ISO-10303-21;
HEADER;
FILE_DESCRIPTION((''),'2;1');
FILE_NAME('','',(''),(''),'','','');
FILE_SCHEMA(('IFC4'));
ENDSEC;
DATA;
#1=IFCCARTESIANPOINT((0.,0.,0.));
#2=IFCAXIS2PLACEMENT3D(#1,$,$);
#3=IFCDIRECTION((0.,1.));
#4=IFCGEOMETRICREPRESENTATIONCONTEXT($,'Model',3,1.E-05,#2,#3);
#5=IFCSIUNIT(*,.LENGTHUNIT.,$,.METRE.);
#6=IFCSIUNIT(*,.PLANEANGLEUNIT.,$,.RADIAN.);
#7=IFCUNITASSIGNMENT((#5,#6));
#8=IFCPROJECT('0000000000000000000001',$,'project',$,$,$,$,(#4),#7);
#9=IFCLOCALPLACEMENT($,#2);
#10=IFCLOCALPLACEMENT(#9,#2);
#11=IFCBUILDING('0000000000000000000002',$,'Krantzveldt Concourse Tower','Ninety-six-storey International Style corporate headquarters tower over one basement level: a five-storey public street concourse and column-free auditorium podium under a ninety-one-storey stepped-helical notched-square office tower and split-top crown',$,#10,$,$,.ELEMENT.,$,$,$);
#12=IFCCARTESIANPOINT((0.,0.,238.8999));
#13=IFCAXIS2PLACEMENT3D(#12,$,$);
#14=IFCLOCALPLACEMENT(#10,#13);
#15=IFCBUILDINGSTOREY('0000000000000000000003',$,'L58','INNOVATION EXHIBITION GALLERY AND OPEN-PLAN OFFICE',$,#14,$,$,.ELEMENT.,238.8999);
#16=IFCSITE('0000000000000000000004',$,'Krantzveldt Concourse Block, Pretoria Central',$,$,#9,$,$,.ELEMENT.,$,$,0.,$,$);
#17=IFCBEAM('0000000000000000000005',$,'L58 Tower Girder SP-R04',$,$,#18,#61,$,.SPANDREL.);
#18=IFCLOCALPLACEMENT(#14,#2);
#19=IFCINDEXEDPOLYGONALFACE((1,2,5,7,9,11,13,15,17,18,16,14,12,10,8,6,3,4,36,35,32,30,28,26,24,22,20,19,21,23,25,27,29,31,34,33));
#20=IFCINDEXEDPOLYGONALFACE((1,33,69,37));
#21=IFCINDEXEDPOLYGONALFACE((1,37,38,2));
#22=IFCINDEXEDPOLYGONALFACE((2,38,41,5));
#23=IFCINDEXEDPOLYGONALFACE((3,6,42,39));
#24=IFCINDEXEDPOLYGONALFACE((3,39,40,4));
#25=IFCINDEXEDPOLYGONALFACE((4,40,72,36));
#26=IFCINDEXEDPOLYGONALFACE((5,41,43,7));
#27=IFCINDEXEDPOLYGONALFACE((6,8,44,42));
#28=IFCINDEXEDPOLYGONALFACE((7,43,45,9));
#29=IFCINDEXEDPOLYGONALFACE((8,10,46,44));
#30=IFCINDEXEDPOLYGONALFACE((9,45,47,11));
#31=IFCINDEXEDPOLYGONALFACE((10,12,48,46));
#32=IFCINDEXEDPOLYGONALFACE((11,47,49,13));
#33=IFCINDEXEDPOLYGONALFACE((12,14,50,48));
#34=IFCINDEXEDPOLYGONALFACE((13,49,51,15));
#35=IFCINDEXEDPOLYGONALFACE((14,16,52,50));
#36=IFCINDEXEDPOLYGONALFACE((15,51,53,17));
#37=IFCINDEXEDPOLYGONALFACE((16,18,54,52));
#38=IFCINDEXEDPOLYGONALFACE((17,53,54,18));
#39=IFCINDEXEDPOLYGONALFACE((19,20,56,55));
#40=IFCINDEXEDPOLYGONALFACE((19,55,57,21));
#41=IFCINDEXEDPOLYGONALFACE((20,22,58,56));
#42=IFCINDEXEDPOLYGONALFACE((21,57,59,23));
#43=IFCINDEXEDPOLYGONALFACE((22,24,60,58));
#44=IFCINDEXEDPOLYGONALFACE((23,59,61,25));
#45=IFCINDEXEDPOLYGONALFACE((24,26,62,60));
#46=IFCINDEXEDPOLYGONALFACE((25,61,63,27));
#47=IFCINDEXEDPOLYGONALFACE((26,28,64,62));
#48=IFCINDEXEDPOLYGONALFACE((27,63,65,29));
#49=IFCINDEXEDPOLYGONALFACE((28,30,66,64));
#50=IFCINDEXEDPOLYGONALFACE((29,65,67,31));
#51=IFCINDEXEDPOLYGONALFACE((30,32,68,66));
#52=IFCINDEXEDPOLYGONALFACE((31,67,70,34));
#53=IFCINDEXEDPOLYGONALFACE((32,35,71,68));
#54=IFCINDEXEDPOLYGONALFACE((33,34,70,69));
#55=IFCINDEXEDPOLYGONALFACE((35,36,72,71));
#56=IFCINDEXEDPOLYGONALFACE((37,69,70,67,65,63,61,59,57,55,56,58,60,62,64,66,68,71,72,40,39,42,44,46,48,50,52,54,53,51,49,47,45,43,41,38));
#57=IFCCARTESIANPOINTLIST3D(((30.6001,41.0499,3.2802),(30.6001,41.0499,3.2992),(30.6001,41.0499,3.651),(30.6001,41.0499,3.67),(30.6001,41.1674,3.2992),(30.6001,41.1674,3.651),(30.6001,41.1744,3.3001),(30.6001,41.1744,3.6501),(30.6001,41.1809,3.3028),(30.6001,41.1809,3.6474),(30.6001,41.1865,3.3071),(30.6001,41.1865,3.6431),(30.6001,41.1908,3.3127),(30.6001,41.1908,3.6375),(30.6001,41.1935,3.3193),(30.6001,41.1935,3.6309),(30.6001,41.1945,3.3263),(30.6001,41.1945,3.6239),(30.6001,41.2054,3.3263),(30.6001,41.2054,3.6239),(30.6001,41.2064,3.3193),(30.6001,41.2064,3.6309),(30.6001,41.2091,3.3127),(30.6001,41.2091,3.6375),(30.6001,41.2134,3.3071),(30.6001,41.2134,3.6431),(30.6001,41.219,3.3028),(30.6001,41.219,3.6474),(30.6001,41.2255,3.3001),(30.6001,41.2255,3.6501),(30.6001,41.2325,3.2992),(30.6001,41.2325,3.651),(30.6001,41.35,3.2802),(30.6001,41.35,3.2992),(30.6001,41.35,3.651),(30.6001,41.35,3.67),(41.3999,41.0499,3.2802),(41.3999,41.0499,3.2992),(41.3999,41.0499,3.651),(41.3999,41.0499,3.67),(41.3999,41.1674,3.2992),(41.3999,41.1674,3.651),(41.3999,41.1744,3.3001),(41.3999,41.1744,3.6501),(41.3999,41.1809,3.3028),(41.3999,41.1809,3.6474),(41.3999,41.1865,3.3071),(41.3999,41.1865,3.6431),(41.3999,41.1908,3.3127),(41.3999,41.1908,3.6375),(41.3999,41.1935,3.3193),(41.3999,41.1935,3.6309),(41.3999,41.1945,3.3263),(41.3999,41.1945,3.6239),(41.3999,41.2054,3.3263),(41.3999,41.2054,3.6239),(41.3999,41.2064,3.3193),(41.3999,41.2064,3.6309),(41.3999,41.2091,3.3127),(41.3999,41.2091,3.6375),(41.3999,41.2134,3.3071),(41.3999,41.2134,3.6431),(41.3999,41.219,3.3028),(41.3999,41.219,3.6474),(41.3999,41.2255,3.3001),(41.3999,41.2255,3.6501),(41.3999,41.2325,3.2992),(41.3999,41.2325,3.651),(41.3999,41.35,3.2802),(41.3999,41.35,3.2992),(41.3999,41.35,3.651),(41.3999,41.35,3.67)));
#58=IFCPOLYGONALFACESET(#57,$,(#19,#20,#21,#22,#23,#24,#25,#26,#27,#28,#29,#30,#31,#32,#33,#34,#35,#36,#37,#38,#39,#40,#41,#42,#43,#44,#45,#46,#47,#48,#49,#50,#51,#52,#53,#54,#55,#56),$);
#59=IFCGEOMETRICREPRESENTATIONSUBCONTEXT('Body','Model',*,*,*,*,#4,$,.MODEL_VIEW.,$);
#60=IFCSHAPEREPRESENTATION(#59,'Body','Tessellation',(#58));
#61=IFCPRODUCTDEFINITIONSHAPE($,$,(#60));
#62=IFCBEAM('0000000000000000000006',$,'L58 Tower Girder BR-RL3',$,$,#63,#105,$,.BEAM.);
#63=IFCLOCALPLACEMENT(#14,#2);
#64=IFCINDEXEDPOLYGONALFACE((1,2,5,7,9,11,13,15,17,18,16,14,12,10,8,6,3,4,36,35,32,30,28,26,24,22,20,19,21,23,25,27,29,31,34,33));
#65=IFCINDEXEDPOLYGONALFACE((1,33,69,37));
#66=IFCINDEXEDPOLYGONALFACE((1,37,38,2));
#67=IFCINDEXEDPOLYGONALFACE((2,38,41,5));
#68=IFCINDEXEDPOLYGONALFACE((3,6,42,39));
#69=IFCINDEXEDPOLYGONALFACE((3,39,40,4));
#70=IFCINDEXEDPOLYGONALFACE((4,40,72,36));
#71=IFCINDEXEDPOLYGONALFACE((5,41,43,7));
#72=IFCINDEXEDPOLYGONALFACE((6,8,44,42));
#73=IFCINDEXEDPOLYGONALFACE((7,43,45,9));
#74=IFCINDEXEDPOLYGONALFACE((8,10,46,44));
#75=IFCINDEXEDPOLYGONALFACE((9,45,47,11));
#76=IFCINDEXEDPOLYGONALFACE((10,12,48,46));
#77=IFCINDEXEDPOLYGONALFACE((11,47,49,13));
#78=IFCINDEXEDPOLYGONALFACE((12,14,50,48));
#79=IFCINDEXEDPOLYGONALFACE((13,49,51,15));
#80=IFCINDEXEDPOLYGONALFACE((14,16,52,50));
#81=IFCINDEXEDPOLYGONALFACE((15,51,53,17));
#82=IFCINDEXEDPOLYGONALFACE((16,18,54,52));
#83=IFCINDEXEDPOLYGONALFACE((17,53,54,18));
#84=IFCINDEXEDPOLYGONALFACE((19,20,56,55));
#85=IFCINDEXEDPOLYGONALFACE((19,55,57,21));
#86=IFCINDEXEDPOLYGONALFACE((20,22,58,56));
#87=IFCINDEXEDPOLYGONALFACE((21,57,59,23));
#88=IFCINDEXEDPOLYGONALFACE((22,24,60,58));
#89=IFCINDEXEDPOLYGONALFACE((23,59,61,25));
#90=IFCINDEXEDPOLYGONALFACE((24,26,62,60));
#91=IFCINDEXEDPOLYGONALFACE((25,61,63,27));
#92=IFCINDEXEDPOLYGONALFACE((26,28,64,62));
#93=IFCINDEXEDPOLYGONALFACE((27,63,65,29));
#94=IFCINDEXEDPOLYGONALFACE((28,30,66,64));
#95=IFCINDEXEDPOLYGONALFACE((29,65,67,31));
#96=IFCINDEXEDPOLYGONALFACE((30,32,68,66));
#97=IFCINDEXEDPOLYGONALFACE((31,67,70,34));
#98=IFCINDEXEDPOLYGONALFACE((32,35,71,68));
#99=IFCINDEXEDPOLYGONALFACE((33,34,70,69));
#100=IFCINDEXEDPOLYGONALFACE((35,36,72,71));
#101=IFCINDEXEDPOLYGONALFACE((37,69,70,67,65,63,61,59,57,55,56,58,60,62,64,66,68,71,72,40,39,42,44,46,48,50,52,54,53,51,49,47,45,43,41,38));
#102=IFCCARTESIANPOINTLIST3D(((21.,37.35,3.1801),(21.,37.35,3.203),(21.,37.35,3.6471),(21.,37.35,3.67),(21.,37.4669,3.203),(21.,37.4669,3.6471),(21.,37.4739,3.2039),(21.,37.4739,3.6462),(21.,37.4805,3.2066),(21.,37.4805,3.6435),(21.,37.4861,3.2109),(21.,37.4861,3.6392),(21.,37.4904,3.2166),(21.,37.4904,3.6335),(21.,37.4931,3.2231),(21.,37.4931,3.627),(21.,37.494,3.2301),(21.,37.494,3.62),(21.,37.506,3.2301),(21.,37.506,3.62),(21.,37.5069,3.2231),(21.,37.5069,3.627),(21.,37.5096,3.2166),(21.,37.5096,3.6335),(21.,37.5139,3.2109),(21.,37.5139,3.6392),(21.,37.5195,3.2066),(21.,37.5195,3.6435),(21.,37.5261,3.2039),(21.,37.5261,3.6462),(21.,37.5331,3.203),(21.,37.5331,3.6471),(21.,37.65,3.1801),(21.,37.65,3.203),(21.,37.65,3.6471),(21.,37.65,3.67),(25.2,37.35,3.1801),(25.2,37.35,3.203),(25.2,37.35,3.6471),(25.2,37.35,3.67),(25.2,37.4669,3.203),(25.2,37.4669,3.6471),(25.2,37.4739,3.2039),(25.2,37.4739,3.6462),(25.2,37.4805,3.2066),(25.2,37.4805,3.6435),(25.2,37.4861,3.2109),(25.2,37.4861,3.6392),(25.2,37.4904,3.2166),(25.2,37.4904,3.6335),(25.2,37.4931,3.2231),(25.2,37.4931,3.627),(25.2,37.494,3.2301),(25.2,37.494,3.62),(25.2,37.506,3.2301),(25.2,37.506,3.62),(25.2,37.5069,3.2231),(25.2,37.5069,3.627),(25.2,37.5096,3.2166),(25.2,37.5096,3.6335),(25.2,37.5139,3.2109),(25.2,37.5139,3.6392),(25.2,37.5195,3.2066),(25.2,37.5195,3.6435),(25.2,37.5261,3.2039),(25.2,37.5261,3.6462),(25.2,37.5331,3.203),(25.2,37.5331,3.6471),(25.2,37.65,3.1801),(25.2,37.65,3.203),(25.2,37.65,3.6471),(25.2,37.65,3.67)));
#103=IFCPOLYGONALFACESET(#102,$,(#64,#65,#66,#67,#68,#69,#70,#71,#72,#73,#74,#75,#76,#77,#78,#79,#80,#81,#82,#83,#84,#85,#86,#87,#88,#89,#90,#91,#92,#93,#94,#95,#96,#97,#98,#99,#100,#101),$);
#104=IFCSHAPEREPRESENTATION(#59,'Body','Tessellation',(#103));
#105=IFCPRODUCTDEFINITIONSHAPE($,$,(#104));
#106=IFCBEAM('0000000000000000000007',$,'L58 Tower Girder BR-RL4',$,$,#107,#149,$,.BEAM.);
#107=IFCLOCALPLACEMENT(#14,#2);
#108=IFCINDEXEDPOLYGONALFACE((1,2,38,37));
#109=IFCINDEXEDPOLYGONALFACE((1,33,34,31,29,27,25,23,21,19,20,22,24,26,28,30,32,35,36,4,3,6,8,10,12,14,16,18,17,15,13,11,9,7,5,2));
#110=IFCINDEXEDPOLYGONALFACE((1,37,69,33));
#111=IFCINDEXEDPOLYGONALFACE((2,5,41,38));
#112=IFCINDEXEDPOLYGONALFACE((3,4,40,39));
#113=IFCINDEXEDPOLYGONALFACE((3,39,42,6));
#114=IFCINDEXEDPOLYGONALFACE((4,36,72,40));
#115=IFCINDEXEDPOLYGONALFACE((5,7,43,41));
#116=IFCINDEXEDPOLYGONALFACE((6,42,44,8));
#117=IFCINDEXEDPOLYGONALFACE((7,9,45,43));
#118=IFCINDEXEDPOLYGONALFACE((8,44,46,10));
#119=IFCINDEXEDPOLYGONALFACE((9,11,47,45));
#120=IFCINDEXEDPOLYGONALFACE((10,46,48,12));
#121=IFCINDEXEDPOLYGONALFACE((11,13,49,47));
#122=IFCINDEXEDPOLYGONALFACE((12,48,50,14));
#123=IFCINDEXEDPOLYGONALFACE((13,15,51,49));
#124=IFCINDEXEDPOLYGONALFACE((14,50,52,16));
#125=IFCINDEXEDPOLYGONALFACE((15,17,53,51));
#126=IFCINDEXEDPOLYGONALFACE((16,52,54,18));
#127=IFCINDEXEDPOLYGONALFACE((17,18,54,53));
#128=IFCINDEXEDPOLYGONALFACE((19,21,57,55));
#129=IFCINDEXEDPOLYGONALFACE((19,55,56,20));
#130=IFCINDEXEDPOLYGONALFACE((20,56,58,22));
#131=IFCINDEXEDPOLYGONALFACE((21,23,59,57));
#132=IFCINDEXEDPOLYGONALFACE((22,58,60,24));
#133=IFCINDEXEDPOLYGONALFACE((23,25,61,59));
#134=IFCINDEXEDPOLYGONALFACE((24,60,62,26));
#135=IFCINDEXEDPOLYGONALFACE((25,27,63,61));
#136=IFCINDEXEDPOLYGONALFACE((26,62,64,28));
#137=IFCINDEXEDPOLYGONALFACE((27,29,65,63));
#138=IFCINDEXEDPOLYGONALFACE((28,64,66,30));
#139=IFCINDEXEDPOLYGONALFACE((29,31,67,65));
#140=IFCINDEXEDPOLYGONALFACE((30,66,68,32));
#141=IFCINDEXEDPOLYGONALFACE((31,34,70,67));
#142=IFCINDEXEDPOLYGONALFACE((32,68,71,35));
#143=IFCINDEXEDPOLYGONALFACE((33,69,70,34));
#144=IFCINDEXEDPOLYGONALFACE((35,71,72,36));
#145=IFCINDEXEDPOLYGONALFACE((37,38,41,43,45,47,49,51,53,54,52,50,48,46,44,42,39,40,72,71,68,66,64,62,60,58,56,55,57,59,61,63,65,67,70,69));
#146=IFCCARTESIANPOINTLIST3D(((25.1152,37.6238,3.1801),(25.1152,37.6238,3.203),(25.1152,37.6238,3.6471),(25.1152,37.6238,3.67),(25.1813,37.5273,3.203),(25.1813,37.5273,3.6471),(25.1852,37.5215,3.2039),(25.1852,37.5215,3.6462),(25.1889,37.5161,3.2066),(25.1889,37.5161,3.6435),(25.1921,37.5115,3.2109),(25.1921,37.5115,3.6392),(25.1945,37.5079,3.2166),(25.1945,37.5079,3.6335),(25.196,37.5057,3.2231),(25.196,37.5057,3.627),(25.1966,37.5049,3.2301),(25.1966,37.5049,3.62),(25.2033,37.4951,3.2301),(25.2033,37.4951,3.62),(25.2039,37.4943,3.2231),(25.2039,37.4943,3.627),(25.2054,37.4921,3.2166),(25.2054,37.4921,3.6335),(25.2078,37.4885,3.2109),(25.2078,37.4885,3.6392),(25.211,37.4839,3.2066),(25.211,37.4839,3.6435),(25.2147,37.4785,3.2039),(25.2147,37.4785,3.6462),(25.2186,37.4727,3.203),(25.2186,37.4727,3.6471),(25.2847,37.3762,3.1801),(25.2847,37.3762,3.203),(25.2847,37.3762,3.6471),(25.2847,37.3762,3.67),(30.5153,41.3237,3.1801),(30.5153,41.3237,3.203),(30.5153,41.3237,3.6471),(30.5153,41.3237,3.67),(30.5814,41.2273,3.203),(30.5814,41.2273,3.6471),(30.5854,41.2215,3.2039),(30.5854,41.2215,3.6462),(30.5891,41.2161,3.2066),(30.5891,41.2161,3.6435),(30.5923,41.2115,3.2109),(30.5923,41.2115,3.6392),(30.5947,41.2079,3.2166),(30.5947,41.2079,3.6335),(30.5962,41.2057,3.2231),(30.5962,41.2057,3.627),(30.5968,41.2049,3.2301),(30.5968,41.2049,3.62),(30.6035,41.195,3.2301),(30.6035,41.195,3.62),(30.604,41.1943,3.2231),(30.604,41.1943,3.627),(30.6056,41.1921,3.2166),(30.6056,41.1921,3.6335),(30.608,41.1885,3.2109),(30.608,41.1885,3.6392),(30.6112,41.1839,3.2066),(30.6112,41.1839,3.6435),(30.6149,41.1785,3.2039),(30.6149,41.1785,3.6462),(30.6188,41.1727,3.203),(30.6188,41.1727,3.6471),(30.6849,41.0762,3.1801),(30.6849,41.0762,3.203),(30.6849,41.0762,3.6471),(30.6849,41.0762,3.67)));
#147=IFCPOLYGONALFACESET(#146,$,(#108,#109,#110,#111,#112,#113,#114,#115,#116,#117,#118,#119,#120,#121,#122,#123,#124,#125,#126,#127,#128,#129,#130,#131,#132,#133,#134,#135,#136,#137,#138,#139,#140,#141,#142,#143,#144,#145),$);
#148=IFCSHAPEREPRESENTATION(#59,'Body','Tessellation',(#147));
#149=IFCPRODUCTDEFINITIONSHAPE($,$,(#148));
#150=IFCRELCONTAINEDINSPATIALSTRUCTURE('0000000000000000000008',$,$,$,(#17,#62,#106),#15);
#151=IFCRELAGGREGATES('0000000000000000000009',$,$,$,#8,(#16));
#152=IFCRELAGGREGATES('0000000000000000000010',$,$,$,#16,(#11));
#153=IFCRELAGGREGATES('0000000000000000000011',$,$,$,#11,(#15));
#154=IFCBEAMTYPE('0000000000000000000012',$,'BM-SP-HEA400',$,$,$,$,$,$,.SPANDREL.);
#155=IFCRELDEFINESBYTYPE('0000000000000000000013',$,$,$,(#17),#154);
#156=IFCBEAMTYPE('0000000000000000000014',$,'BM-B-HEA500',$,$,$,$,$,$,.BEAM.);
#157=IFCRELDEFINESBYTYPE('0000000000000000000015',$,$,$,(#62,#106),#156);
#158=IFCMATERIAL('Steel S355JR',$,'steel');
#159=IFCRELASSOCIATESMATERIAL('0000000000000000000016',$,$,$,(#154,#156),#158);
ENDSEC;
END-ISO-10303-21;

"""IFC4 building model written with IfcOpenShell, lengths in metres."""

from ifc_helpers import new_model, si_unit, direction, frame, origin, origin_2d, place, context, subcontext, project, spatial, i_section, extrude, source, transform, mapped, material, material_profile, profile_set, type_object, type_shapes, element, save


model = new_model("IFC4")

# Units and contexts
model_context = context("Model", 3, precision=1e-05, world=origin(), true_north=direction((0.0, 1.0)))
body_context = subcontext(model_context, "Body", "Model", "MODEL_VIEW")
ifc_project = project(units=[si_unit("LENGTHUNIT", "METRE"), si_unit("PLANEANGLEUNIT", "RADIAN")], contexts=[model_context])

# Site, building, storey
site_placement = place(None, origin())
site = spatial("IfcSite", under=ifc_project, at=site_placement, Name="Krantzveldt Concourse Block, Pretoria Central", CompositionType="ELEMENT", RefElevation=0.0)
building_placement = place(site_placement, origin())
building = spatial("IfcBuilding", under=site, at=building_placement, Name="Krantzveldt Concourse Tower", Description="Ninety-six-storey International Style corporate headquarters tower over one basement level: a five-storey public street concourse and column-free auditorium podium under a ninety-one-storey stepped-helical notched-square office tower and split-top crown", CompositionType="ELEMENT")
storey_placement = place(building_placement, frame((0.0, 0.0, 238.8999)))
storey = spatial("IfcBuildingStorey", under=building, at=storey_placement, Name="L58", Description="INNOVATION EXHIBITION GALLERY AND OPEN-PLAN OFFICE", CompositionType="ELEMENT", Elevation=238.8999)

# Beams
ifc_material_1 = material(Name="Steel S355JR", Category="steel")
ifc_material_profile_1 = material_profile(ifc_material_1, i_section(OverallWidth=0.3, OverallDepth=0.3899, WebThickness=0.011, FlangeThickness=0.019, FilletRadius=0.0271, at=origin_2d()), Name="Steel S355JR", Category="steel")
ifc_profile_set_1 = profile_set([ifc_material_profile_1], Name="Steel S355JR - HEA 400")
beam_type_1 = type_object("IfcBeamType", Name="BM-SP-HEA400", PredefinedType="SPANDREL", material=ifc_profile_set_1)
shared_shape_1 = source(origin(), body_context, "Body", "SweptSolid", [
    extrude(i_section(OverallWidth=0.3, OverallDepth=0.3899, WebThickness=0.011, FlangeThickness=0.019, FilletRadius=0.0271, at=origin_2d()), origin(), (0.0, 0.0, 1.0), 10.7998),
])
beam_1_placement = place(storey_placement, frame((30.6001, 41.2, 3.4751), z_axis=(1.0, 0.0, 0.0), x_axis=(0.0, 1.0, 0.0)))
element("IfcBeam", 1, at=beam_1_placement, inside=storey, type_object=beam_type_1, Name="L58 Tower Girder SP-R04", PredefinedType="SPANDREL", context=body_context, shape_type="MappedRepresentation", body=[
    mapped(shared_shape_1, transform((0.0, 0.0, 0.0), x_axis=(1.0, 0.0, 0.0), y_axis=(0.0, 1.0, 0.0), z_axis=(0.0, 0.0, 1.0), scale=1.0)),
])
ifc_material_profile_2 = material_profile(ifc_material_1, i_section(OverallWidth=0.3, OverallDepth=0.49, WebThickness=0.012, FlangeThickness=0.0229, FilletRadius=0.0271, at=origin_2d()), Name="Steel S355JR", Category="steel")
ifc_profile_set_2 = profile_set([ifc_material_profile_2], Name="Steel S355JR - HEA 500")
beam_type_2 = type_object("IfcBeamType", Name="BM-B-HEA500", PredefinedType="BEAM", material=ifc_profile_set_2)
shared_shape_2 = source(origin(), body_context, "Body", "SweptSolid", [
    extrude(i_section(OverallWidth=0.3, OverallDepth=0.49, WebThickness=0.012, FlangeThickness=0.0229, FilletRadius=0.0271, at=origin_2d()), origin(), (0.0, 0.0, 1.0), 4.2),
])
beam_2_placement = place(storey_placement, frame((21.0, 37.5, 3.425), z_axis=(1.0, 0.0, 0.0), x_axis=(0.0, 1.0, 0.0)))
element("IfcBeam", 2, at=beam_2_placement, inside=storey, type_object=beam_type_2, Name="L58 Tower Girder BR-RL3", PredefinedType="BEAM", context=body_context, shape_type="MappedRepresentation", body=[
    mapped(shared_shape_2, transform((0.0, 0.0, 0.0), x_axis=(1.0, 0.0, 0.0), y_axis=(0.0, 1.0, 0.0), z_axis=(0.0, 0.0, 1.0), scale=1.0)),
])
shared_shape_3 = source(origin(), body_context, "Body", "SweptSolid", [
    extrude(i_section(OverallWidth=0.3, OverallDepth=0.49, WebThickness=0.012, FlangeThickness=0.0229, FilletRadius=0.0271, at=origin_2d()), origin(), (0.0, 0.0, 1.0), 6.5461),
])
type_shapes(beam_type_2, [shared_shape_2, shared_shape_3])
beam_3_placement = place(storey_placement, frame((25.2, 37.5, 3.425), z_axis=(0.824943, 0.565216, 0.0), x_axis=(-0.565216, 0.824943, 0.0)))
element("IfcBeam", 3, at=beam_3_placement, inside=storey, type_object=beam_type_2, Name="L58 Tower Girder BR-RL4", PredefinedType="BEAM", context=body_context, shape_type="MappedRepresentation", body=[
    mapped(shared_shape_3, transform((0.0, 0.0, 0.0), x_axis=(1.0, 0.0, 0.0), y_axis=(0.0, 1.0, 0.0), z_axis=(0.0, 0.0, 1.0), scale=1.0)),
])

save(model, "model.ifc")
